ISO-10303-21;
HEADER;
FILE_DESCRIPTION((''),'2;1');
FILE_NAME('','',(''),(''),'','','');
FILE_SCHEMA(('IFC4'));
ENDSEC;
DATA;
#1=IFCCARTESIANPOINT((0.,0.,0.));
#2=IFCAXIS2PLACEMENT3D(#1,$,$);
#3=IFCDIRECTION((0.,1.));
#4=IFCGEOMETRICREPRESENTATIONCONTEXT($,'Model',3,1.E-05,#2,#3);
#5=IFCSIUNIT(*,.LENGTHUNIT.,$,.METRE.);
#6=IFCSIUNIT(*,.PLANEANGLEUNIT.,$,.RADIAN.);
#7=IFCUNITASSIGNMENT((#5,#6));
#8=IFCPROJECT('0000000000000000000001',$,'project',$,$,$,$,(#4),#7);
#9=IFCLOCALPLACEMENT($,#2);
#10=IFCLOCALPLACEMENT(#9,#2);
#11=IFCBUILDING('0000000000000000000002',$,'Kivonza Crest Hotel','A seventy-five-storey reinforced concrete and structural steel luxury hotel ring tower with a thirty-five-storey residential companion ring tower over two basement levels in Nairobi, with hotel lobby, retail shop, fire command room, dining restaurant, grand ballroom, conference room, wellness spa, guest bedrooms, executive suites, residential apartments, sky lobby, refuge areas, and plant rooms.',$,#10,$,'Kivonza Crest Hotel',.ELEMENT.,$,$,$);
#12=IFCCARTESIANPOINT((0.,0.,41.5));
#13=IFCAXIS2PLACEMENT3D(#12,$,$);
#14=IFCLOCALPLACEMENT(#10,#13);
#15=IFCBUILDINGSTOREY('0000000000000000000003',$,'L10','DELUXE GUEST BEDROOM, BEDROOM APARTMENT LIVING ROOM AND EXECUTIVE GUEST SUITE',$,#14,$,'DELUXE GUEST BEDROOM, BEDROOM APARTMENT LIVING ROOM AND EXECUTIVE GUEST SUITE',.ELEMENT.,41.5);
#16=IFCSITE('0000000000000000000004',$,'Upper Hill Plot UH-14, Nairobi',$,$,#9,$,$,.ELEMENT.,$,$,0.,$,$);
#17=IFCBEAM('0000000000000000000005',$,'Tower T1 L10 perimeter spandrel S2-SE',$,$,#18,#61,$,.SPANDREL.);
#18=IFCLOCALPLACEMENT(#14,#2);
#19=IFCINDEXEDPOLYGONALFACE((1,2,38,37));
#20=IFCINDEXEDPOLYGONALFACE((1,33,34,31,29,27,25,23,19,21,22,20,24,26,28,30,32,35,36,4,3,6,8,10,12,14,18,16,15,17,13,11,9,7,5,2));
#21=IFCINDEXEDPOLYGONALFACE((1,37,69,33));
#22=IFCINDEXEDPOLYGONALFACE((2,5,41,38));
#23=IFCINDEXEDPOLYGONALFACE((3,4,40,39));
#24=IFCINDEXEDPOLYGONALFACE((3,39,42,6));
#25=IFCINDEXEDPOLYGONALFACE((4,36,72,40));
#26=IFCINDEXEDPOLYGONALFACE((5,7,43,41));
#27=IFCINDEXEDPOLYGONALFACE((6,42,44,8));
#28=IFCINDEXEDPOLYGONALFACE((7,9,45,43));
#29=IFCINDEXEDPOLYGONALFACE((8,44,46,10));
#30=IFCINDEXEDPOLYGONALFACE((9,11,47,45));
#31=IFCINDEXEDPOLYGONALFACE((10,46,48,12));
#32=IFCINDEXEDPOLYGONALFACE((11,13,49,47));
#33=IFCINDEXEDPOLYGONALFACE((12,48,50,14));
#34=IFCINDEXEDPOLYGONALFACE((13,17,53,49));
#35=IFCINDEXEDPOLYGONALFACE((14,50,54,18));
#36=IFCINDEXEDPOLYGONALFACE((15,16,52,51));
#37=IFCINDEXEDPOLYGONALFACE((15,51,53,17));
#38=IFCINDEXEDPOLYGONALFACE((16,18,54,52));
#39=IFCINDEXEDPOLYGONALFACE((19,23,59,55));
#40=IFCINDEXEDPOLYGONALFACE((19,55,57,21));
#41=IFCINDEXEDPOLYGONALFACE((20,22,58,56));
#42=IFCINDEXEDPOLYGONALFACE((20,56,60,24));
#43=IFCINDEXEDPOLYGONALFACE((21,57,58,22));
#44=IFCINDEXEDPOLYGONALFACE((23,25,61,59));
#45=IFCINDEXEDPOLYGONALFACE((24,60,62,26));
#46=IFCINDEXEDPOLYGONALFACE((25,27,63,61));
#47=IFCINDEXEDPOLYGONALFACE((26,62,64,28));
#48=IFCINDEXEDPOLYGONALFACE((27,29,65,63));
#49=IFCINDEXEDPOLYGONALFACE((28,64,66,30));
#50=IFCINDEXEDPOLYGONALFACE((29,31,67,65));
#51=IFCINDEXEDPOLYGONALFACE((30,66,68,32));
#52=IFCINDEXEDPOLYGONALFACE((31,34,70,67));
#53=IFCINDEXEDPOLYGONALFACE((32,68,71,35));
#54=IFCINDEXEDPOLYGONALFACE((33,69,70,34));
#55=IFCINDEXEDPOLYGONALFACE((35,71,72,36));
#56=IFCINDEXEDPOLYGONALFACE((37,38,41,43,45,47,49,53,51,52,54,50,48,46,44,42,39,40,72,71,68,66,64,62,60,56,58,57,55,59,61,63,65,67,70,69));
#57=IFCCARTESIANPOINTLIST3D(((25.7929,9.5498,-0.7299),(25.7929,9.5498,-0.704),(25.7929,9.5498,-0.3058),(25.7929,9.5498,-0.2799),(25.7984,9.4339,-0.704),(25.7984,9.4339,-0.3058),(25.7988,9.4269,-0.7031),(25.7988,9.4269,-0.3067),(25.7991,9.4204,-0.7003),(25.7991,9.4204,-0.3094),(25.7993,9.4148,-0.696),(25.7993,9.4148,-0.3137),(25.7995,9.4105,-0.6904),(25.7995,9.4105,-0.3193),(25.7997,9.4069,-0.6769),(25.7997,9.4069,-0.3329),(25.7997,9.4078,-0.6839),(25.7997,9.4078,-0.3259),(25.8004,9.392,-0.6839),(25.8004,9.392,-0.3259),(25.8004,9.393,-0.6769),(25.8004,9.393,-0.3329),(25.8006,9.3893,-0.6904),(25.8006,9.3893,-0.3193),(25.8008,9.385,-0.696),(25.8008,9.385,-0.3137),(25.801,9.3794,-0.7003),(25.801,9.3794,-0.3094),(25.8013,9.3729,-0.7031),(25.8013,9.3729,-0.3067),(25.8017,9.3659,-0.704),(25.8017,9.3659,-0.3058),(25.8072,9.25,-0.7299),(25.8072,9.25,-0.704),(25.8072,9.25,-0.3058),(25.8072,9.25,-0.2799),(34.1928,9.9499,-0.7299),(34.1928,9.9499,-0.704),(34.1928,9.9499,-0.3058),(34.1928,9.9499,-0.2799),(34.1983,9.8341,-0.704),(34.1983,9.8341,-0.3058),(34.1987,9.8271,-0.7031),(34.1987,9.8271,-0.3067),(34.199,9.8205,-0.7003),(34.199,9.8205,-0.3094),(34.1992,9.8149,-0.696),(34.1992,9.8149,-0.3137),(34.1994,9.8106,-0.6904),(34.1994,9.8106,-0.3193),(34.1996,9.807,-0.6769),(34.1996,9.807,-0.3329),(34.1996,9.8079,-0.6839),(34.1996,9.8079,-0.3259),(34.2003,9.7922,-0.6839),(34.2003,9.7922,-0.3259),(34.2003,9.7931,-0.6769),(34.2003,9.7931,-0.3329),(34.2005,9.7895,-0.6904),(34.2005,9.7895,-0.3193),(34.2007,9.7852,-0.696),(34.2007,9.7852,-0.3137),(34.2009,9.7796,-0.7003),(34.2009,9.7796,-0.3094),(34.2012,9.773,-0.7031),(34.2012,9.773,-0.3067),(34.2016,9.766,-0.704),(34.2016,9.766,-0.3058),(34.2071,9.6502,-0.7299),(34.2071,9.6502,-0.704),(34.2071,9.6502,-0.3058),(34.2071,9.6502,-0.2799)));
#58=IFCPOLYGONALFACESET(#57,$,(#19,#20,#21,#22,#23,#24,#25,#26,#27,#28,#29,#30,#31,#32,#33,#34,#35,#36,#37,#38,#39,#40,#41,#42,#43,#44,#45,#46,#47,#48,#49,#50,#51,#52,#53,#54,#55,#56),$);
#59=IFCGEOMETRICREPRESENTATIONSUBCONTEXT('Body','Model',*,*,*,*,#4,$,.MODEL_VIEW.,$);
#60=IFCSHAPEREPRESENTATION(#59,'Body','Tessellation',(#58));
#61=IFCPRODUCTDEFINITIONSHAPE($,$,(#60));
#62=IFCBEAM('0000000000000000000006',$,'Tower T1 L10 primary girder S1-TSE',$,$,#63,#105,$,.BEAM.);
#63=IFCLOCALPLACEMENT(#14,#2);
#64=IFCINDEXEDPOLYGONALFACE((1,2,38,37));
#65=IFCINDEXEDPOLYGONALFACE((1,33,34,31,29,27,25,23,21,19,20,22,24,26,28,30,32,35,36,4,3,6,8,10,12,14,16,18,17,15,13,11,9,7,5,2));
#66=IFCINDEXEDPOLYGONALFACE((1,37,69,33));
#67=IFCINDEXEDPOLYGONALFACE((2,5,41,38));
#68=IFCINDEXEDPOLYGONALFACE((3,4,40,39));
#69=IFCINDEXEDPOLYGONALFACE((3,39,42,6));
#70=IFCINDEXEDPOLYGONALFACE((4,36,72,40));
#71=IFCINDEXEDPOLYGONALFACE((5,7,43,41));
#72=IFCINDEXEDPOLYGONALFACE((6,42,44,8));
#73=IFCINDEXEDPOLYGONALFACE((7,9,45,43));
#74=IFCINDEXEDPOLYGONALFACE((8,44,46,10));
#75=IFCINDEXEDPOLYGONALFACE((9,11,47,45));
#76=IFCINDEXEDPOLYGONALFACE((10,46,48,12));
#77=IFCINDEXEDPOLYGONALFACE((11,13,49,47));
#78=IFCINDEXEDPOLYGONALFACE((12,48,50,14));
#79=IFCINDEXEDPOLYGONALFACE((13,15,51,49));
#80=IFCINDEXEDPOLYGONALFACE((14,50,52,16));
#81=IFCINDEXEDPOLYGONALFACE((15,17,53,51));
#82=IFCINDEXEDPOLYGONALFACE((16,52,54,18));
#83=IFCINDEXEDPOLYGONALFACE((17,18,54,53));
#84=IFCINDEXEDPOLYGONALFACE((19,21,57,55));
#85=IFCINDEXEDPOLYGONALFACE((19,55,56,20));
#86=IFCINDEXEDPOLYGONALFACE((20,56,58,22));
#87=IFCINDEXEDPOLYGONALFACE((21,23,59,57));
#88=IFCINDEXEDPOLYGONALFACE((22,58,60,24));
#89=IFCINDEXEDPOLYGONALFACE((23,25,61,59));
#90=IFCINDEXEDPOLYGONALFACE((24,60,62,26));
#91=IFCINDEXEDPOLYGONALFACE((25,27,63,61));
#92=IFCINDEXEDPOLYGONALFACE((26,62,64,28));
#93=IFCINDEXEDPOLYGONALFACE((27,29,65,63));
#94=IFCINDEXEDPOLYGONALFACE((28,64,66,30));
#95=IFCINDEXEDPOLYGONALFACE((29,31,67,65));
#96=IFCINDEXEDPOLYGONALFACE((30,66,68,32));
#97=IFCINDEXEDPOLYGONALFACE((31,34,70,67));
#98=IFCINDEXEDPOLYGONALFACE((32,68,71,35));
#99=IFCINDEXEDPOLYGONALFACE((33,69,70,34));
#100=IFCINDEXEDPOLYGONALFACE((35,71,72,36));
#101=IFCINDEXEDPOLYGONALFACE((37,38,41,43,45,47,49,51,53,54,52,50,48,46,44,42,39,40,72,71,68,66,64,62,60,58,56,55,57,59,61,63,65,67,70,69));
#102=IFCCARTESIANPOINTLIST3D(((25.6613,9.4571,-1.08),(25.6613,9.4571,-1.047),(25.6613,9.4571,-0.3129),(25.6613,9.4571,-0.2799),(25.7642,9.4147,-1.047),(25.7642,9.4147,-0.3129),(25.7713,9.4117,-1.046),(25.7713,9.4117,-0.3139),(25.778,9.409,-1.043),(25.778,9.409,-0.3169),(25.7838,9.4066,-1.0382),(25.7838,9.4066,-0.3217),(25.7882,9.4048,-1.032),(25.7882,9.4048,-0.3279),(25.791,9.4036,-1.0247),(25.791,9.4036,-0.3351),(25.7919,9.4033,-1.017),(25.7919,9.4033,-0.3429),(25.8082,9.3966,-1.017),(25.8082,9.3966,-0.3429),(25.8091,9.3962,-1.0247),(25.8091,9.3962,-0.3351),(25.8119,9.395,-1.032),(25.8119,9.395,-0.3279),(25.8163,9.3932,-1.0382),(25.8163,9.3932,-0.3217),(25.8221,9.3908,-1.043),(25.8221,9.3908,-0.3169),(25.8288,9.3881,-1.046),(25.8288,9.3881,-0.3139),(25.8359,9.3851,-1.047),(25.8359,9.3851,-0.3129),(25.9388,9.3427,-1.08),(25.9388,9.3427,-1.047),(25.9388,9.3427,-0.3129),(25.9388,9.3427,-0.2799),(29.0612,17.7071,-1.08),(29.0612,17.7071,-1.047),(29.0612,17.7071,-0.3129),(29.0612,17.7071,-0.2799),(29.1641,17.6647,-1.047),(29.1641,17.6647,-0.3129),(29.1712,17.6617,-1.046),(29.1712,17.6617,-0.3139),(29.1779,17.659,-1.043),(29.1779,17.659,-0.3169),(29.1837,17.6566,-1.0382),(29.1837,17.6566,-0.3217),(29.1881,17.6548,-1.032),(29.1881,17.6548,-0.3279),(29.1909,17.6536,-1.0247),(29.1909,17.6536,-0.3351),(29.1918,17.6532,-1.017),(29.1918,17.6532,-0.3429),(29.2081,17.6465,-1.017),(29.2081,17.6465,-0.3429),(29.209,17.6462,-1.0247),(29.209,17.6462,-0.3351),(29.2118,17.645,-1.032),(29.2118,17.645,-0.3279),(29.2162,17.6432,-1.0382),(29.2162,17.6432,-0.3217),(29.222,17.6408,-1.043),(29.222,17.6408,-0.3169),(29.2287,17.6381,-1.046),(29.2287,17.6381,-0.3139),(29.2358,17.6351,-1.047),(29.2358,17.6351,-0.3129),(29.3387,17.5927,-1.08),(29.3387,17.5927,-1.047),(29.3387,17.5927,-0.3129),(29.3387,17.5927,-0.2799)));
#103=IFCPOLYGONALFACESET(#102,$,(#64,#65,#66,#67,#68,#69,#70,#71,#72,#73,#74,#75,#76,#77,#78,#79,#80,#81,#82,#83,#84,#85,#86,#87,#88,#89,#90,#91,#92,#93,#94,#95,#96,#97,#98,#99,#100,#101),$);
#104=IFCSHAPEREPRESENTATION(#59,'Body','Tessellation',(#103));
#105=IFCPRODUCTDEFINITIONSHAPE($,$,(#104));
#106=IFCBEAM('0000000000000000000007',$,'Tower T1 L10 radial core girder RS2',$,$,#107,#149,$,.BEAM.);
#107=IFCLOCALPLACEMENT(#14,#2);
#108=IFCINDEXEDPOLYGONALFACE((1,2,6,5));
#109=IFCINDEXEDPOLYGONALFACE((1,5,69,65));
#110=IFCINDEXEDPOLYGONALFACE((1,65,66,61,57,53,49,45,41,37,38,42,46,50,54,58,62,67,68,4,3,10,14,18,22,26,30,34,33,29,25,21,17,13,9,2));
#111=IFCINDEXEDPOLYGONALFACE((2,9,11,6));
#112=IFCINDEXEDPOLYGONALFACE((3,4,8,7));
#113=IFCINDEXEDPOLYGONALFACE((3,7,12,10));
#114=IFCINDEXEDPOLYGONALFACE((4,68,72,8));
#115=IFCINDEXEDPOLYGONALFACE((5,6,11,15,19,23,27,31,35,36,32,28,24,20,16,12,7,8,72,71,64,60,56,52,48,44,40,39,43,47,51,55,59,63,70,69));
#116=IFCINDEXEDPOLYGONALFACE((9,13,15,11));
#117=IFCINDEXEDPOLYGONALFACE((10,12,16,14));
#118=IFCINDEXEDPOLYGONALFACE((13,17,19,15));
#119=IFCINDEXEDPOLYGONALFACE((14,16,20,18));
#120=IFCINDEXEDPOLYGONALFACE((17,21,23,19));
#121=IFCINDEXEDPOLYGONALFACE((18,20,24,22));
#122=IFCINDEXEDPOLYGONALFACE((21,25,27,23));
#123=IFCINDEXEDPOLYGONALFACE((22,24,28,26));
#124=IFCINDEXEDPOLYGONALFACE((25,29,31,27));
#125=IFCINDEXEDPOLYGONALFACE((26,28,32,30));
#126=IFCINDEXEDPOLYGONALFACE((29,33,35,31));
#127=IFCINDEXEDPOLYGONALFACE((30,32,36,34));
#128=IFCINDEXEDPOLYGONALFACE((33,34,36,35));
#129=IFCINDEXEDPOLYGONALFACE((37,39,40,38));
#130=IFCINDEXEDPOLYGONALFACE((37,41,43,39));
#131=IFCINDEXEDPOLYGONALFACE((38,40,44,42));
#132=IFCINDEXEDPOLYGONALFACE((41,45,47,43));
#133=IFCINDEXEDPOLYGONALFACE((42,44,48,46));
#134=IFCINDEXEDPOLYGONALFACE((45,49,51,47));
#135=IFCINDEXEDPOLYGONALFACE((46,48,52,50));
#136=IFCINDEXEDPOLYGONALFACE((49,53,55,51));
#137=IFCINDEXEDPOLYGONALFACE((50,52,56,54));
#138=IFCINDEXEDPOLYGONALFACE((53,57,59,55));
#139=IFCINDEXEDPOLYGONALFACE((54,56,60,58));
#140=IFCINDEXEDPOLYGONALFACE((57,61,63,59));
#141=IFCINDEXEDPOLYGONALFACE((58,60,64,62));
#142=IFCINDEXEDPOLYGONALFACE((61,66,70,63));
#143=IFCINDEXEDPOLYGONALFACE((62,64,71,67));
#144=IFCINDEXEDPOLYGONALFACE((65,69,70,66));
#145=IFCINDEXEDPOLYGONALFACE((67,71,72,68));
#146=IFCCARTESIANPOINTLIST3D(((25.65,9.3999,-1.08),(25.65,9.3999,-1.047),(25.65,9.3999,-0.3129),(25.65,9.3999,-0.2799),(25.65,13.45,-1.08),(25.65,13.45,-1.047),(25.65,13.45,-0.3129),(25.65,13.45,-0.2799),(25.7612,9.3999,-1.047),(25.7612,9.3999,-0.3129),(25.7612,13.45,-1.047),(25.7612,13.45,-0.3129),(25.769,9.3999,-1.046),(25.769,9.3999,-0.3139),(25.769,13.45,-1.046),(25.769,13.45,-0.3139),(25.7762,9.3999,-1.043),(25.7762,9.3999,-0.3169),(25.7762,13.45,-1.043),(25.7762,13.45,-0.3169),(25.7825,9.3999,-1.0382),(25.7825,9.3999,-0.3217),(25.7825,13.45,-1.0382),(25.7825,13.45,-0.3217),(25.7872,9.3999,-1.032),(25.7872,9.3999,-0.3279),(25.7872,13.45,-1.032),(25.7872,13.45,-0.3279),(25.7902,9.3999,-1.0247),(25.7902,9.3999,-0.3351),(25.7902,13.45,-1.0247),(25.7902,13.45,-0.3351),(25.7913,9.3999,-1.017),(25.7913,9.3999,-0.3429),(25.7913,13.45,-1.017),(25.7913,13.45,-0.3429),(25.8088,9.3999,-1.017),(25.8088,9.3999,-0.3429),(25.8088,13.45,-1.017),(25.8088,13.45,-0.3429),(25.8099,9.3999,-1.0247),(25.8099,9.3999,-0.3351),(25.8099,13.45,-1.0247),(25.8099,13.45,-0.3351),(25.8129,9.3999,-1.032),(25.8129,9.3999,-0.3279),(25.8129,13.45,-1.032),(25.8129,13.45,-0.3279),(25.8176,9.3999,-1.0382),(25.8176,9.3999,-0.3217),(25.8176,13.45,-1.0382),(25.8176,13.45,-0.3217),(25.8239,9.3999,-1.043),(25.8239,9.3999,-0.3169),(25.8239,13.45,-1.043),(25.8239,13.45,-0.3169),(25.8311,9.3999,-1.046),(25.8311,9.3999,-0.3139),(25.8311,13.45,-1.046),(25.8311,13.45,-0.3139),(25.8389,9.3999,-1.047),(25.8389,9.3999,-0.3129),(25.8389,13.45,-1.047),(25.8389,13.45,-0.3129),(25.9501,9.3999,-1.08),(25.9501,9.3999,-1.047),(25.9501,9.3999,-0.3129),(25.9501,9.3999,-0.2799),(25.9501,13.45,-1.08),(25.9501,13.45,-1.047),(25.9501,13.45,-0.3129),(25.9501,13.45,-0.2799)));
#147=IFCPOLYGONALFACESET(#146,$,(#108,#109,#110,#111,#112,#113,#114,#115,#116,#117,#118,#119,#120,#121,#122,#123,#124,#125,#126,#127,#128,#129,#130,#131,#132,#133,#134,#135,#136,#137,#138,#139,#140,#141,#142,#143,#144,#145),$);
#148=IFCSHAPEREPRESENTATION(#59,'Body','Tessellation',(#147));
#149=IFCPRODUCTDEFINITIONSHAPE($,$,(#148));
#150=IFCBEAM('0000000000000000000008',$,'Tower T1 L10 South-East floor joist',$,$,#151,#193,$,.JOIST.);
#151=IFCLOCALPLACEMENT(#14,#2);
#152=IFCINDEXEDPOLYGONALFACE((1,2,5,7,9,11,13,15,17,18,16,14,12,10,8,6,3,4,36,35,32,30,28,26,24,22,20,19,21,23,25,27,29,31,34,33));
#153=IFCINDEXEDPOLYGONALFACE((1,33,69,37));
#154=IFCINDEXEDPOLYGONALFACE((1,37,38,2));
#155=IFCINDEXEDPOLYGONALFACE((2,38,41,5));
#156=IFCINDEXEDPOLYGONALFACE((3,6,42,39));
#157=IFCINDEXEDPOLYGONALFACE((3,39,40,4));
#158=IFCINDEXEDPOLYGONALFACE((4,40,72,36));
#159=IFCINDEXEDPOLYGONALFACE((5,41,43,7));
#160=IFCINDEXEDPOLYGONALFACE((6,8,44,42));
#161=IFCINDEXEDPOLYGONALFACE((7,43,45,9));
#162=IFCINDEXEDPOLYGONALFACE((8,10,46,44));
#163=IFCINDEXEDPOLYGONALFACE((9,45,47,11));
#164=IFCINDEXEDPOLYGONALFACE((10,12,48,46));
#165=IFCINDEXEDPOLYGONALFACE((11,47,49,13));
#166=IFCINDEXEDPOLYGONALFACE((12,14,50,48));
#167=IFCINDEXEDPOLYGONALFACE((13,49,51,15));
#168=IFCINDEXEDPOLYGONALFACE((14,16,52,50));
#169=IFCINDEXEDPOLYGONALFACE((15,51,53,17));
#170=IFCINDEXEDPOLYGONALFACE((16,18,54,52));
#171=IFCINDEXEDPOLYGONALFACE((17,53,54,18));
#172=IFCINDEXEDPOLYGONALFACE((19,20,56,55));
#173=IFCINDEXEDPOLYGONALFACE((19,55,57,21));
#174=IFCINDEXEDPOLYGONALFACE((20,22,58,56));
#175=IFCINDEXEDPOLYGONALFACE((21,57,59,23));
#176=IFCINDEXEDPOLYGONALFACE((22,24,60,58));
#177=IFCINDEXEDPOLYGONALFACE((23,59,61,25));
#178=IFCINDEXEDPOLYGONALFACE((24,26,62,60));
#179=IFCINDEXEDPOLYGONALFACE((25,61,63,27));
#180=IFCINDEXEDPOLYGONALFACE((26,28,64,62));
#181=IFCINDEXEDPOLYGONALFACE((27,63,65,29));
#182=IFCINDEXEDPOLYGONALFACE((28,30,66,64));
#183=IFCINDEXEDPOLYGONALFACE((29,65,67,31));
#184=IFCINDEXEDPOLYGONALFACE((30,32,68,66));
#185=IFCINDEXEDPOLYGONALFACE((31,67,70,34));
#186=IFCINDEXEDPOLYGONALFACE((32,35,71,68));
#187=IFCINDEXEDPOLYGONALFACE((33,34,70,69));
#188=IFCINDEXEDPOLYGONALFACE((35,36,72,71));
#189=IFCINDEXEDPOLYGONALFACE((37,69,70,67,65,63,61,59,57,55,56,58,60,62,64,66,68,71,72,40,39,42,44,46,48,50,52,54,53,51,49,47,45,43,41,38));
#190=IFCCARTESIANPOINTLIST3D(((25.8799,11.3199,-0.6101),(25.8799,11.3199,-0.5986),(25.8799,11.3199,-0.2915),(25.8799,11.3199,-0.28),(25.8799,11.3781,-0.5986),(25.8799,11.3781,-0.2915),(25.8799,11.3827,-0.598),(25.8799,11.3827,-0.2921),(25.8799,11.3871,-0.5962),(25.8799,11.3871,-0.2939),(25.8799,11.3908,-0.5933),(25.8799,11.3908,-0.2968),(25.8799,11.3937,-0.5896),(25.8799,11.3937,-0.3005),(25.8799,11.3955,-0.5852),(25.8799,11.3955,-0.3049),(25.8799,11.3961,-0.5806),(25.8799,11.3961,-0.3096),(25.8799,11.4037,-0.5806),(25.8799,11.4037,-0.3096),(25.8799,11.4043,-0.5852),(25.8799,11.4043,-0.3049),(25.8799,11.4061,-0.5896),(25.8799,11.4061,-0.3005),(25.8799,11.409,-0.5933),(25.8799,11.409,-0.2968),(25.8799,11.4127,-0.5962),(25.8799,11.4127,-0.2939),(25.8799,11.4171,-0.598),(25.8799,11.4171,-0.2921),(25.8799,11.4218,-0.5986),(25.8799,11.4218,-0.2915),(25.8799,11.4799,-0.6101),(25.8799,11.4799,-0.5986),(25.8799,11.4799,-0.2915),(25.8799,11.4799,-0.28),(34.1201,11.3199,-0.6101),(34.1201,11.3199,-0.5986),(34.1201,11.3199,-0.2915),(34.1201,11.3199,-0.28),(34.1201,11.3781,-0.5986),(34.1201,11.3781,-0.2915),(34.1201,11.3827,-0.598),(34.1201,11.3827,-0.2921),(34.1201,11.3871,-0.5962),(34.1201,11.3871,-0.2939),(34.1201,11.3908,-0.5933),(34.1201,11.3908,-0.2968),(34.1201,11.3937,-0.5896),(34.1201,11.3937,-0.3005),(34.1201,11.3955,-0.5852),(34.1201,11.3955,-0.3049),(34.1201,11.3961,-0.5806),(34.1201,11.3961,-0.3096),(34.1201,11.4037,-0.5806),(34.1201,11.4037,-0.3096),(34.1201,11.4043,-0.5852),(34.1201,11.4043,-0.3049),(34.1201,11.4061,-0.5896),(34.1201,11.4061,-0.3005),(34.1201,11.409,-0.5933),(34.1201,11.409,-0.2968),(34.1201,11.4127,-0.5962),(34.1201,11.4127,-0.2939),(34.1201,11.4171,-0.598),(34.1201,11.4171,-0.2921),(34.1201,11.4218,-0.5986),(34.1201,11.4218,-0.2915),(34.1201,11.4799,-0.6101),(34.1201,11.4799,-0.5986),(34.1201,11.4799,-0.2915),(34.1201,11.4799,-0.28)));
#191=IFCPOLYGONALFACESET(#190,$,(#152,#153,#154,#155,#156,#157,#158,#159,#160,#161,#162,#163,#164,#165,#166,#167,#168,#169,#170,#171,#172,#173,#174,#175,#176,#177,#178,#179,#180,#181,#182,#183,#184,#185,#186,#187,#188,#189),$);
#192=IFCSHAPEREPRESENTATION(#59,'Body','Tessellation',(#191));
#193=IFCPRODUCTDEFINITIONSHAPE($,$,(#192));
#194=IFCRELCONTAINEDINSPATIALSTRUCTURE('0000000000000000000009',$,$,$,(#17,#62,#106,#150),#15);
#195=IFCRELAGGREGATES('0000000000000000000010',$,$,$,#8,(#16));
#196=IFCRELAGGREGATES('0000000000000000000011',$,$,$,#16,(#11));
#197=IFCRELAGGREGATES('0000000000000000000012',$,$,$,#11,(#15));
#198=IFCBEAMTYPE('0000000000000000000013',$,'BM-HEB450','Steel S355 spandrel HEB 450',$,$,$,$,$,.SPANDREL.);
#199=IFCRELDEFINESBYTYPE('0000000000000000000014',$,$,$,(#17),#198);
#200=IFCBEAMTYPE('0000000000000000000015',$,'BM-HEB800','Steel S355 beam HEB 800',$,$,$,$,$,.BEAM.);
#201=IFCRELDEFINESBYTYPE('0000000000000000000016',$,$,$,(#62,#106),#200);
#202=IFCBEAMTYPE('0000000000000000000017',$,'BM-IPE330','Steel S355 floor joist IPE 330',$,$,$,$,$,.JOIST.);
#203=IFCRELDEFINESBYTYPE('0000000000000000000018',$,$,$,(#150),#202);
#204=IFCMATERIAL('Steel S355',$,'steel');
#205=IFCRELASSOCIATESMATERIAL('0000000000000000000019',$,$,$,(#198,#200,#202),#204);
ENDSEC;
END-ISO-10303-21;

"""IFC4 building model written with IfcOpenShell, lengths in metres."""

from ifc_helpers import new_model, si_unit, direction, frame, origin, origin_2d, place, context, subcontext, project, spatial, i_section, extrude, material, material_profile, profile_set, type_object, element, save


model = new_model("IFC4")

# Units and contexts
model_context = context("Model", 3, precision=1e-05, world=origin(), true_north=direction((0.0, 1.0)))
body_context = subcontext(model_context, "Body", "Model", "MODEL_VIEW")
ifc_project = project(units=[si_unit("LENGTHUNIT", "METRE"), si_unit("PLANEANGLEUNIT", "RADIAN")], contexts=[model_context])

# Site, building, storey
site_placement = place(None, origin())
site = spatial("IfcSite", under=ifc_project, at=site_placement, Name="Upper Hill Plot UH-14, Nairobi", CompositionType="ELEMENT", RefElevation=0.0)
building_placement = place(site_placement, origin())
building = spatial("IfcBuilding", under=site, at=building_placement, Name="Kivonza Crest Hotel", Description="A seventy-five-storey reinforced concrete and structural steel luxury hotel ring tower with a thirty-five-storey residential companion ring tower over two basement levels in Nairobi, with hotel lobby, retail shop, fire command room, dining restaurant, grand ballroom, conference room, wellness spa, guest bedrooms, executive suites, residential apartments, sky lobby, refuge areas, and plant rooms.", LongName="Kivonza Crest Hotel", CompositionType="ELEMENT")
storey_placement = place(building_placement, frame((0.0, 0.0, 41.5)))
storey = spatial("IfcBuildingStorey", under=building, at=storey_placement, Name="L10", Description="DELUXE GUEST BEDROOM, BEDROOM APARTMENT LIVING ROOM AND EXECUTIVE GUEST SUITE", LongName="DELUXE GUEST BEDROOM, BEDROOM APARTMENT LIVING ROOM AND EXECUTIVE GUEST SUITE", CompositionType="ELEMENT", Elevation=41.5)

# Beams
ifc_material_1 = material(Name="Steel S355", Category="steel")
ifc_material_profile_1 = material_profile(ifc_material_1, i_section(OverallWidth=0.3, OverallDepth=0.45, WebThickness=0.0139, FlangeThickness=0.0259, FilletRadius=0.0271, at=origin_2d()), Name="HEB 450")
ifc_profile_set_1 = profile_set([ifc_material_profile_1], Name="Steel S355")
beam_type_1 = type_object("IfcBeamType", Name="BM-HEB450", Description="Steel S355 spandrel HEB 450", PredefinedType="SPANDREL", material=ifc_profile_set_1)
beam_1_placement = place(storey_placement, frame((25.8, 9.3999, -0.5049), z_axis=(0.998867, 0.047583, 0.0), x_axis=(-0.047583, 0.998867, 0.0)))
element("IfcBeam", 1, at=beam_1_placement, inside=storey, type_object=beam_type_1, Name="Tower T1 L10 perimeter spandrel S2-SE", PredefinedType="SPANDREL", context=body_context, shape_type="SweptSolid", body=[
    extrude(i_section(OverallWidth=0.3, OverallDepth=0.45, WebThickness=0.0139, FlangeThickness=0.0259, FilletRadius=0.0271, at=origin_2d()), origin(), (0.0, 0.0, 1.0), 8.4094),
])
ifc_material_profile_2 = material_profile(ifc_material_1, i_section(OverallWidth=0.3, OverallDepth=0.8, WebThickness=0.0176, FlangeThickness=0.033, FilletRadius=0.03, at=origin_2d()), Name="HEB 800")
ifc_profile_set_2 = profile_set([ifc_material_profile_2], Name="Steel S355")
beam_type_2 = type_object("IfcBeamType", Name="BM-HEB800", Description="Steel S355 beam HEB 800", PredefinedType="BEAM", material=ifc_profile_set_2)
beam_2_placement = place(storey_placement, frame((25.8, 9.3999, -0.6799), z_axis=(0.381022, 0.924566, 0.0), x_axis=(-0.924566, 0.381022, 0.0)))
element("IfcBeam", 2, at=beam_2_placement, inside=storey, type_object=beam_type_2, Name="Tower T1 L10 primary girder S1-TSE", PredefinedType="BEAM", context=body_context, shape_type="SweptSolid", body=[
    extrude(i_section(OverallWidth=0.3, OverallDepth=0.8, WebThickness=0.0176, FlangeThickness=0.033, FilletRadius=0.03, at=origin_2d()), origin(), (0.0, 0.0, 1.0), 8.9231),
])
beam_3_placement = place(storey_placement, frame((25.8, 9.3999, -0.6799), z_axis=(0.0, 1.0, 0.0), x_axis=(-1.0, 0.0, 0.0)))
element("IfcBeam", 3, at=beam_3_placement, inside=storey, type_object=beam_type_2, Name="Tower T1 L10 radial core girder RS2", PredefinedType="BEAM", context=body_context, shape_type="SweptSolid", body=[
    extrude(i_section(OverallWidth=0.3, OverallDepth=0.8, WebThickness=0.0176, FlangeThickness=0.033, FilletRadius=0.03, at=origin_2d()), origin(), (0.0, 0.0, 1.0), 4.05),
])
ifc_material_profile_3 = material_profile(ifc_material_1, i_section(OverallWidth=0.1599, OverallDepth=0.3301, WebThickness=0.0076, FlangeThickness=0.0115, FilletRadius=0.0181, at=origin_2d()), Name="IPE 330")
ifc_profile_set_3 = profile_set([ifc_material_profile_3], Name="Steel S355")
beam_type_3 = type_object("IfcBeamType", Name="BM-IPE330", Description="Steel S355 floor joist IPE 330", PredefinedType="JOIST", material=ifc_profile_set_3)
beam_4_placement = place(storey_placement, frame((25.8799, 11.3999, -0.4451), z_axis=(1.0, 0.0, 0.0), x_axis=(0.0, 1.0, 0.0)))
element("IfcBeam", 4, at=beam_4_placement, inside=storey, type_object=beam_type_3, Name="Tower T1 L10 South-East floor joist", PredefinedType="JOIST", context=body_context, shape_type="SweptSolid", body=[
    extrude(i_section(OverallWidth=0.1599, OverallDepth=0.3301, WebThickness=0.0076, FlangeThickness=0.0115, FilletRadius=0.0181, at=origin_2d()), origin(), (0.0, 0.0, 1.0), 8.2402),
])

save(model, "model.ifc")
